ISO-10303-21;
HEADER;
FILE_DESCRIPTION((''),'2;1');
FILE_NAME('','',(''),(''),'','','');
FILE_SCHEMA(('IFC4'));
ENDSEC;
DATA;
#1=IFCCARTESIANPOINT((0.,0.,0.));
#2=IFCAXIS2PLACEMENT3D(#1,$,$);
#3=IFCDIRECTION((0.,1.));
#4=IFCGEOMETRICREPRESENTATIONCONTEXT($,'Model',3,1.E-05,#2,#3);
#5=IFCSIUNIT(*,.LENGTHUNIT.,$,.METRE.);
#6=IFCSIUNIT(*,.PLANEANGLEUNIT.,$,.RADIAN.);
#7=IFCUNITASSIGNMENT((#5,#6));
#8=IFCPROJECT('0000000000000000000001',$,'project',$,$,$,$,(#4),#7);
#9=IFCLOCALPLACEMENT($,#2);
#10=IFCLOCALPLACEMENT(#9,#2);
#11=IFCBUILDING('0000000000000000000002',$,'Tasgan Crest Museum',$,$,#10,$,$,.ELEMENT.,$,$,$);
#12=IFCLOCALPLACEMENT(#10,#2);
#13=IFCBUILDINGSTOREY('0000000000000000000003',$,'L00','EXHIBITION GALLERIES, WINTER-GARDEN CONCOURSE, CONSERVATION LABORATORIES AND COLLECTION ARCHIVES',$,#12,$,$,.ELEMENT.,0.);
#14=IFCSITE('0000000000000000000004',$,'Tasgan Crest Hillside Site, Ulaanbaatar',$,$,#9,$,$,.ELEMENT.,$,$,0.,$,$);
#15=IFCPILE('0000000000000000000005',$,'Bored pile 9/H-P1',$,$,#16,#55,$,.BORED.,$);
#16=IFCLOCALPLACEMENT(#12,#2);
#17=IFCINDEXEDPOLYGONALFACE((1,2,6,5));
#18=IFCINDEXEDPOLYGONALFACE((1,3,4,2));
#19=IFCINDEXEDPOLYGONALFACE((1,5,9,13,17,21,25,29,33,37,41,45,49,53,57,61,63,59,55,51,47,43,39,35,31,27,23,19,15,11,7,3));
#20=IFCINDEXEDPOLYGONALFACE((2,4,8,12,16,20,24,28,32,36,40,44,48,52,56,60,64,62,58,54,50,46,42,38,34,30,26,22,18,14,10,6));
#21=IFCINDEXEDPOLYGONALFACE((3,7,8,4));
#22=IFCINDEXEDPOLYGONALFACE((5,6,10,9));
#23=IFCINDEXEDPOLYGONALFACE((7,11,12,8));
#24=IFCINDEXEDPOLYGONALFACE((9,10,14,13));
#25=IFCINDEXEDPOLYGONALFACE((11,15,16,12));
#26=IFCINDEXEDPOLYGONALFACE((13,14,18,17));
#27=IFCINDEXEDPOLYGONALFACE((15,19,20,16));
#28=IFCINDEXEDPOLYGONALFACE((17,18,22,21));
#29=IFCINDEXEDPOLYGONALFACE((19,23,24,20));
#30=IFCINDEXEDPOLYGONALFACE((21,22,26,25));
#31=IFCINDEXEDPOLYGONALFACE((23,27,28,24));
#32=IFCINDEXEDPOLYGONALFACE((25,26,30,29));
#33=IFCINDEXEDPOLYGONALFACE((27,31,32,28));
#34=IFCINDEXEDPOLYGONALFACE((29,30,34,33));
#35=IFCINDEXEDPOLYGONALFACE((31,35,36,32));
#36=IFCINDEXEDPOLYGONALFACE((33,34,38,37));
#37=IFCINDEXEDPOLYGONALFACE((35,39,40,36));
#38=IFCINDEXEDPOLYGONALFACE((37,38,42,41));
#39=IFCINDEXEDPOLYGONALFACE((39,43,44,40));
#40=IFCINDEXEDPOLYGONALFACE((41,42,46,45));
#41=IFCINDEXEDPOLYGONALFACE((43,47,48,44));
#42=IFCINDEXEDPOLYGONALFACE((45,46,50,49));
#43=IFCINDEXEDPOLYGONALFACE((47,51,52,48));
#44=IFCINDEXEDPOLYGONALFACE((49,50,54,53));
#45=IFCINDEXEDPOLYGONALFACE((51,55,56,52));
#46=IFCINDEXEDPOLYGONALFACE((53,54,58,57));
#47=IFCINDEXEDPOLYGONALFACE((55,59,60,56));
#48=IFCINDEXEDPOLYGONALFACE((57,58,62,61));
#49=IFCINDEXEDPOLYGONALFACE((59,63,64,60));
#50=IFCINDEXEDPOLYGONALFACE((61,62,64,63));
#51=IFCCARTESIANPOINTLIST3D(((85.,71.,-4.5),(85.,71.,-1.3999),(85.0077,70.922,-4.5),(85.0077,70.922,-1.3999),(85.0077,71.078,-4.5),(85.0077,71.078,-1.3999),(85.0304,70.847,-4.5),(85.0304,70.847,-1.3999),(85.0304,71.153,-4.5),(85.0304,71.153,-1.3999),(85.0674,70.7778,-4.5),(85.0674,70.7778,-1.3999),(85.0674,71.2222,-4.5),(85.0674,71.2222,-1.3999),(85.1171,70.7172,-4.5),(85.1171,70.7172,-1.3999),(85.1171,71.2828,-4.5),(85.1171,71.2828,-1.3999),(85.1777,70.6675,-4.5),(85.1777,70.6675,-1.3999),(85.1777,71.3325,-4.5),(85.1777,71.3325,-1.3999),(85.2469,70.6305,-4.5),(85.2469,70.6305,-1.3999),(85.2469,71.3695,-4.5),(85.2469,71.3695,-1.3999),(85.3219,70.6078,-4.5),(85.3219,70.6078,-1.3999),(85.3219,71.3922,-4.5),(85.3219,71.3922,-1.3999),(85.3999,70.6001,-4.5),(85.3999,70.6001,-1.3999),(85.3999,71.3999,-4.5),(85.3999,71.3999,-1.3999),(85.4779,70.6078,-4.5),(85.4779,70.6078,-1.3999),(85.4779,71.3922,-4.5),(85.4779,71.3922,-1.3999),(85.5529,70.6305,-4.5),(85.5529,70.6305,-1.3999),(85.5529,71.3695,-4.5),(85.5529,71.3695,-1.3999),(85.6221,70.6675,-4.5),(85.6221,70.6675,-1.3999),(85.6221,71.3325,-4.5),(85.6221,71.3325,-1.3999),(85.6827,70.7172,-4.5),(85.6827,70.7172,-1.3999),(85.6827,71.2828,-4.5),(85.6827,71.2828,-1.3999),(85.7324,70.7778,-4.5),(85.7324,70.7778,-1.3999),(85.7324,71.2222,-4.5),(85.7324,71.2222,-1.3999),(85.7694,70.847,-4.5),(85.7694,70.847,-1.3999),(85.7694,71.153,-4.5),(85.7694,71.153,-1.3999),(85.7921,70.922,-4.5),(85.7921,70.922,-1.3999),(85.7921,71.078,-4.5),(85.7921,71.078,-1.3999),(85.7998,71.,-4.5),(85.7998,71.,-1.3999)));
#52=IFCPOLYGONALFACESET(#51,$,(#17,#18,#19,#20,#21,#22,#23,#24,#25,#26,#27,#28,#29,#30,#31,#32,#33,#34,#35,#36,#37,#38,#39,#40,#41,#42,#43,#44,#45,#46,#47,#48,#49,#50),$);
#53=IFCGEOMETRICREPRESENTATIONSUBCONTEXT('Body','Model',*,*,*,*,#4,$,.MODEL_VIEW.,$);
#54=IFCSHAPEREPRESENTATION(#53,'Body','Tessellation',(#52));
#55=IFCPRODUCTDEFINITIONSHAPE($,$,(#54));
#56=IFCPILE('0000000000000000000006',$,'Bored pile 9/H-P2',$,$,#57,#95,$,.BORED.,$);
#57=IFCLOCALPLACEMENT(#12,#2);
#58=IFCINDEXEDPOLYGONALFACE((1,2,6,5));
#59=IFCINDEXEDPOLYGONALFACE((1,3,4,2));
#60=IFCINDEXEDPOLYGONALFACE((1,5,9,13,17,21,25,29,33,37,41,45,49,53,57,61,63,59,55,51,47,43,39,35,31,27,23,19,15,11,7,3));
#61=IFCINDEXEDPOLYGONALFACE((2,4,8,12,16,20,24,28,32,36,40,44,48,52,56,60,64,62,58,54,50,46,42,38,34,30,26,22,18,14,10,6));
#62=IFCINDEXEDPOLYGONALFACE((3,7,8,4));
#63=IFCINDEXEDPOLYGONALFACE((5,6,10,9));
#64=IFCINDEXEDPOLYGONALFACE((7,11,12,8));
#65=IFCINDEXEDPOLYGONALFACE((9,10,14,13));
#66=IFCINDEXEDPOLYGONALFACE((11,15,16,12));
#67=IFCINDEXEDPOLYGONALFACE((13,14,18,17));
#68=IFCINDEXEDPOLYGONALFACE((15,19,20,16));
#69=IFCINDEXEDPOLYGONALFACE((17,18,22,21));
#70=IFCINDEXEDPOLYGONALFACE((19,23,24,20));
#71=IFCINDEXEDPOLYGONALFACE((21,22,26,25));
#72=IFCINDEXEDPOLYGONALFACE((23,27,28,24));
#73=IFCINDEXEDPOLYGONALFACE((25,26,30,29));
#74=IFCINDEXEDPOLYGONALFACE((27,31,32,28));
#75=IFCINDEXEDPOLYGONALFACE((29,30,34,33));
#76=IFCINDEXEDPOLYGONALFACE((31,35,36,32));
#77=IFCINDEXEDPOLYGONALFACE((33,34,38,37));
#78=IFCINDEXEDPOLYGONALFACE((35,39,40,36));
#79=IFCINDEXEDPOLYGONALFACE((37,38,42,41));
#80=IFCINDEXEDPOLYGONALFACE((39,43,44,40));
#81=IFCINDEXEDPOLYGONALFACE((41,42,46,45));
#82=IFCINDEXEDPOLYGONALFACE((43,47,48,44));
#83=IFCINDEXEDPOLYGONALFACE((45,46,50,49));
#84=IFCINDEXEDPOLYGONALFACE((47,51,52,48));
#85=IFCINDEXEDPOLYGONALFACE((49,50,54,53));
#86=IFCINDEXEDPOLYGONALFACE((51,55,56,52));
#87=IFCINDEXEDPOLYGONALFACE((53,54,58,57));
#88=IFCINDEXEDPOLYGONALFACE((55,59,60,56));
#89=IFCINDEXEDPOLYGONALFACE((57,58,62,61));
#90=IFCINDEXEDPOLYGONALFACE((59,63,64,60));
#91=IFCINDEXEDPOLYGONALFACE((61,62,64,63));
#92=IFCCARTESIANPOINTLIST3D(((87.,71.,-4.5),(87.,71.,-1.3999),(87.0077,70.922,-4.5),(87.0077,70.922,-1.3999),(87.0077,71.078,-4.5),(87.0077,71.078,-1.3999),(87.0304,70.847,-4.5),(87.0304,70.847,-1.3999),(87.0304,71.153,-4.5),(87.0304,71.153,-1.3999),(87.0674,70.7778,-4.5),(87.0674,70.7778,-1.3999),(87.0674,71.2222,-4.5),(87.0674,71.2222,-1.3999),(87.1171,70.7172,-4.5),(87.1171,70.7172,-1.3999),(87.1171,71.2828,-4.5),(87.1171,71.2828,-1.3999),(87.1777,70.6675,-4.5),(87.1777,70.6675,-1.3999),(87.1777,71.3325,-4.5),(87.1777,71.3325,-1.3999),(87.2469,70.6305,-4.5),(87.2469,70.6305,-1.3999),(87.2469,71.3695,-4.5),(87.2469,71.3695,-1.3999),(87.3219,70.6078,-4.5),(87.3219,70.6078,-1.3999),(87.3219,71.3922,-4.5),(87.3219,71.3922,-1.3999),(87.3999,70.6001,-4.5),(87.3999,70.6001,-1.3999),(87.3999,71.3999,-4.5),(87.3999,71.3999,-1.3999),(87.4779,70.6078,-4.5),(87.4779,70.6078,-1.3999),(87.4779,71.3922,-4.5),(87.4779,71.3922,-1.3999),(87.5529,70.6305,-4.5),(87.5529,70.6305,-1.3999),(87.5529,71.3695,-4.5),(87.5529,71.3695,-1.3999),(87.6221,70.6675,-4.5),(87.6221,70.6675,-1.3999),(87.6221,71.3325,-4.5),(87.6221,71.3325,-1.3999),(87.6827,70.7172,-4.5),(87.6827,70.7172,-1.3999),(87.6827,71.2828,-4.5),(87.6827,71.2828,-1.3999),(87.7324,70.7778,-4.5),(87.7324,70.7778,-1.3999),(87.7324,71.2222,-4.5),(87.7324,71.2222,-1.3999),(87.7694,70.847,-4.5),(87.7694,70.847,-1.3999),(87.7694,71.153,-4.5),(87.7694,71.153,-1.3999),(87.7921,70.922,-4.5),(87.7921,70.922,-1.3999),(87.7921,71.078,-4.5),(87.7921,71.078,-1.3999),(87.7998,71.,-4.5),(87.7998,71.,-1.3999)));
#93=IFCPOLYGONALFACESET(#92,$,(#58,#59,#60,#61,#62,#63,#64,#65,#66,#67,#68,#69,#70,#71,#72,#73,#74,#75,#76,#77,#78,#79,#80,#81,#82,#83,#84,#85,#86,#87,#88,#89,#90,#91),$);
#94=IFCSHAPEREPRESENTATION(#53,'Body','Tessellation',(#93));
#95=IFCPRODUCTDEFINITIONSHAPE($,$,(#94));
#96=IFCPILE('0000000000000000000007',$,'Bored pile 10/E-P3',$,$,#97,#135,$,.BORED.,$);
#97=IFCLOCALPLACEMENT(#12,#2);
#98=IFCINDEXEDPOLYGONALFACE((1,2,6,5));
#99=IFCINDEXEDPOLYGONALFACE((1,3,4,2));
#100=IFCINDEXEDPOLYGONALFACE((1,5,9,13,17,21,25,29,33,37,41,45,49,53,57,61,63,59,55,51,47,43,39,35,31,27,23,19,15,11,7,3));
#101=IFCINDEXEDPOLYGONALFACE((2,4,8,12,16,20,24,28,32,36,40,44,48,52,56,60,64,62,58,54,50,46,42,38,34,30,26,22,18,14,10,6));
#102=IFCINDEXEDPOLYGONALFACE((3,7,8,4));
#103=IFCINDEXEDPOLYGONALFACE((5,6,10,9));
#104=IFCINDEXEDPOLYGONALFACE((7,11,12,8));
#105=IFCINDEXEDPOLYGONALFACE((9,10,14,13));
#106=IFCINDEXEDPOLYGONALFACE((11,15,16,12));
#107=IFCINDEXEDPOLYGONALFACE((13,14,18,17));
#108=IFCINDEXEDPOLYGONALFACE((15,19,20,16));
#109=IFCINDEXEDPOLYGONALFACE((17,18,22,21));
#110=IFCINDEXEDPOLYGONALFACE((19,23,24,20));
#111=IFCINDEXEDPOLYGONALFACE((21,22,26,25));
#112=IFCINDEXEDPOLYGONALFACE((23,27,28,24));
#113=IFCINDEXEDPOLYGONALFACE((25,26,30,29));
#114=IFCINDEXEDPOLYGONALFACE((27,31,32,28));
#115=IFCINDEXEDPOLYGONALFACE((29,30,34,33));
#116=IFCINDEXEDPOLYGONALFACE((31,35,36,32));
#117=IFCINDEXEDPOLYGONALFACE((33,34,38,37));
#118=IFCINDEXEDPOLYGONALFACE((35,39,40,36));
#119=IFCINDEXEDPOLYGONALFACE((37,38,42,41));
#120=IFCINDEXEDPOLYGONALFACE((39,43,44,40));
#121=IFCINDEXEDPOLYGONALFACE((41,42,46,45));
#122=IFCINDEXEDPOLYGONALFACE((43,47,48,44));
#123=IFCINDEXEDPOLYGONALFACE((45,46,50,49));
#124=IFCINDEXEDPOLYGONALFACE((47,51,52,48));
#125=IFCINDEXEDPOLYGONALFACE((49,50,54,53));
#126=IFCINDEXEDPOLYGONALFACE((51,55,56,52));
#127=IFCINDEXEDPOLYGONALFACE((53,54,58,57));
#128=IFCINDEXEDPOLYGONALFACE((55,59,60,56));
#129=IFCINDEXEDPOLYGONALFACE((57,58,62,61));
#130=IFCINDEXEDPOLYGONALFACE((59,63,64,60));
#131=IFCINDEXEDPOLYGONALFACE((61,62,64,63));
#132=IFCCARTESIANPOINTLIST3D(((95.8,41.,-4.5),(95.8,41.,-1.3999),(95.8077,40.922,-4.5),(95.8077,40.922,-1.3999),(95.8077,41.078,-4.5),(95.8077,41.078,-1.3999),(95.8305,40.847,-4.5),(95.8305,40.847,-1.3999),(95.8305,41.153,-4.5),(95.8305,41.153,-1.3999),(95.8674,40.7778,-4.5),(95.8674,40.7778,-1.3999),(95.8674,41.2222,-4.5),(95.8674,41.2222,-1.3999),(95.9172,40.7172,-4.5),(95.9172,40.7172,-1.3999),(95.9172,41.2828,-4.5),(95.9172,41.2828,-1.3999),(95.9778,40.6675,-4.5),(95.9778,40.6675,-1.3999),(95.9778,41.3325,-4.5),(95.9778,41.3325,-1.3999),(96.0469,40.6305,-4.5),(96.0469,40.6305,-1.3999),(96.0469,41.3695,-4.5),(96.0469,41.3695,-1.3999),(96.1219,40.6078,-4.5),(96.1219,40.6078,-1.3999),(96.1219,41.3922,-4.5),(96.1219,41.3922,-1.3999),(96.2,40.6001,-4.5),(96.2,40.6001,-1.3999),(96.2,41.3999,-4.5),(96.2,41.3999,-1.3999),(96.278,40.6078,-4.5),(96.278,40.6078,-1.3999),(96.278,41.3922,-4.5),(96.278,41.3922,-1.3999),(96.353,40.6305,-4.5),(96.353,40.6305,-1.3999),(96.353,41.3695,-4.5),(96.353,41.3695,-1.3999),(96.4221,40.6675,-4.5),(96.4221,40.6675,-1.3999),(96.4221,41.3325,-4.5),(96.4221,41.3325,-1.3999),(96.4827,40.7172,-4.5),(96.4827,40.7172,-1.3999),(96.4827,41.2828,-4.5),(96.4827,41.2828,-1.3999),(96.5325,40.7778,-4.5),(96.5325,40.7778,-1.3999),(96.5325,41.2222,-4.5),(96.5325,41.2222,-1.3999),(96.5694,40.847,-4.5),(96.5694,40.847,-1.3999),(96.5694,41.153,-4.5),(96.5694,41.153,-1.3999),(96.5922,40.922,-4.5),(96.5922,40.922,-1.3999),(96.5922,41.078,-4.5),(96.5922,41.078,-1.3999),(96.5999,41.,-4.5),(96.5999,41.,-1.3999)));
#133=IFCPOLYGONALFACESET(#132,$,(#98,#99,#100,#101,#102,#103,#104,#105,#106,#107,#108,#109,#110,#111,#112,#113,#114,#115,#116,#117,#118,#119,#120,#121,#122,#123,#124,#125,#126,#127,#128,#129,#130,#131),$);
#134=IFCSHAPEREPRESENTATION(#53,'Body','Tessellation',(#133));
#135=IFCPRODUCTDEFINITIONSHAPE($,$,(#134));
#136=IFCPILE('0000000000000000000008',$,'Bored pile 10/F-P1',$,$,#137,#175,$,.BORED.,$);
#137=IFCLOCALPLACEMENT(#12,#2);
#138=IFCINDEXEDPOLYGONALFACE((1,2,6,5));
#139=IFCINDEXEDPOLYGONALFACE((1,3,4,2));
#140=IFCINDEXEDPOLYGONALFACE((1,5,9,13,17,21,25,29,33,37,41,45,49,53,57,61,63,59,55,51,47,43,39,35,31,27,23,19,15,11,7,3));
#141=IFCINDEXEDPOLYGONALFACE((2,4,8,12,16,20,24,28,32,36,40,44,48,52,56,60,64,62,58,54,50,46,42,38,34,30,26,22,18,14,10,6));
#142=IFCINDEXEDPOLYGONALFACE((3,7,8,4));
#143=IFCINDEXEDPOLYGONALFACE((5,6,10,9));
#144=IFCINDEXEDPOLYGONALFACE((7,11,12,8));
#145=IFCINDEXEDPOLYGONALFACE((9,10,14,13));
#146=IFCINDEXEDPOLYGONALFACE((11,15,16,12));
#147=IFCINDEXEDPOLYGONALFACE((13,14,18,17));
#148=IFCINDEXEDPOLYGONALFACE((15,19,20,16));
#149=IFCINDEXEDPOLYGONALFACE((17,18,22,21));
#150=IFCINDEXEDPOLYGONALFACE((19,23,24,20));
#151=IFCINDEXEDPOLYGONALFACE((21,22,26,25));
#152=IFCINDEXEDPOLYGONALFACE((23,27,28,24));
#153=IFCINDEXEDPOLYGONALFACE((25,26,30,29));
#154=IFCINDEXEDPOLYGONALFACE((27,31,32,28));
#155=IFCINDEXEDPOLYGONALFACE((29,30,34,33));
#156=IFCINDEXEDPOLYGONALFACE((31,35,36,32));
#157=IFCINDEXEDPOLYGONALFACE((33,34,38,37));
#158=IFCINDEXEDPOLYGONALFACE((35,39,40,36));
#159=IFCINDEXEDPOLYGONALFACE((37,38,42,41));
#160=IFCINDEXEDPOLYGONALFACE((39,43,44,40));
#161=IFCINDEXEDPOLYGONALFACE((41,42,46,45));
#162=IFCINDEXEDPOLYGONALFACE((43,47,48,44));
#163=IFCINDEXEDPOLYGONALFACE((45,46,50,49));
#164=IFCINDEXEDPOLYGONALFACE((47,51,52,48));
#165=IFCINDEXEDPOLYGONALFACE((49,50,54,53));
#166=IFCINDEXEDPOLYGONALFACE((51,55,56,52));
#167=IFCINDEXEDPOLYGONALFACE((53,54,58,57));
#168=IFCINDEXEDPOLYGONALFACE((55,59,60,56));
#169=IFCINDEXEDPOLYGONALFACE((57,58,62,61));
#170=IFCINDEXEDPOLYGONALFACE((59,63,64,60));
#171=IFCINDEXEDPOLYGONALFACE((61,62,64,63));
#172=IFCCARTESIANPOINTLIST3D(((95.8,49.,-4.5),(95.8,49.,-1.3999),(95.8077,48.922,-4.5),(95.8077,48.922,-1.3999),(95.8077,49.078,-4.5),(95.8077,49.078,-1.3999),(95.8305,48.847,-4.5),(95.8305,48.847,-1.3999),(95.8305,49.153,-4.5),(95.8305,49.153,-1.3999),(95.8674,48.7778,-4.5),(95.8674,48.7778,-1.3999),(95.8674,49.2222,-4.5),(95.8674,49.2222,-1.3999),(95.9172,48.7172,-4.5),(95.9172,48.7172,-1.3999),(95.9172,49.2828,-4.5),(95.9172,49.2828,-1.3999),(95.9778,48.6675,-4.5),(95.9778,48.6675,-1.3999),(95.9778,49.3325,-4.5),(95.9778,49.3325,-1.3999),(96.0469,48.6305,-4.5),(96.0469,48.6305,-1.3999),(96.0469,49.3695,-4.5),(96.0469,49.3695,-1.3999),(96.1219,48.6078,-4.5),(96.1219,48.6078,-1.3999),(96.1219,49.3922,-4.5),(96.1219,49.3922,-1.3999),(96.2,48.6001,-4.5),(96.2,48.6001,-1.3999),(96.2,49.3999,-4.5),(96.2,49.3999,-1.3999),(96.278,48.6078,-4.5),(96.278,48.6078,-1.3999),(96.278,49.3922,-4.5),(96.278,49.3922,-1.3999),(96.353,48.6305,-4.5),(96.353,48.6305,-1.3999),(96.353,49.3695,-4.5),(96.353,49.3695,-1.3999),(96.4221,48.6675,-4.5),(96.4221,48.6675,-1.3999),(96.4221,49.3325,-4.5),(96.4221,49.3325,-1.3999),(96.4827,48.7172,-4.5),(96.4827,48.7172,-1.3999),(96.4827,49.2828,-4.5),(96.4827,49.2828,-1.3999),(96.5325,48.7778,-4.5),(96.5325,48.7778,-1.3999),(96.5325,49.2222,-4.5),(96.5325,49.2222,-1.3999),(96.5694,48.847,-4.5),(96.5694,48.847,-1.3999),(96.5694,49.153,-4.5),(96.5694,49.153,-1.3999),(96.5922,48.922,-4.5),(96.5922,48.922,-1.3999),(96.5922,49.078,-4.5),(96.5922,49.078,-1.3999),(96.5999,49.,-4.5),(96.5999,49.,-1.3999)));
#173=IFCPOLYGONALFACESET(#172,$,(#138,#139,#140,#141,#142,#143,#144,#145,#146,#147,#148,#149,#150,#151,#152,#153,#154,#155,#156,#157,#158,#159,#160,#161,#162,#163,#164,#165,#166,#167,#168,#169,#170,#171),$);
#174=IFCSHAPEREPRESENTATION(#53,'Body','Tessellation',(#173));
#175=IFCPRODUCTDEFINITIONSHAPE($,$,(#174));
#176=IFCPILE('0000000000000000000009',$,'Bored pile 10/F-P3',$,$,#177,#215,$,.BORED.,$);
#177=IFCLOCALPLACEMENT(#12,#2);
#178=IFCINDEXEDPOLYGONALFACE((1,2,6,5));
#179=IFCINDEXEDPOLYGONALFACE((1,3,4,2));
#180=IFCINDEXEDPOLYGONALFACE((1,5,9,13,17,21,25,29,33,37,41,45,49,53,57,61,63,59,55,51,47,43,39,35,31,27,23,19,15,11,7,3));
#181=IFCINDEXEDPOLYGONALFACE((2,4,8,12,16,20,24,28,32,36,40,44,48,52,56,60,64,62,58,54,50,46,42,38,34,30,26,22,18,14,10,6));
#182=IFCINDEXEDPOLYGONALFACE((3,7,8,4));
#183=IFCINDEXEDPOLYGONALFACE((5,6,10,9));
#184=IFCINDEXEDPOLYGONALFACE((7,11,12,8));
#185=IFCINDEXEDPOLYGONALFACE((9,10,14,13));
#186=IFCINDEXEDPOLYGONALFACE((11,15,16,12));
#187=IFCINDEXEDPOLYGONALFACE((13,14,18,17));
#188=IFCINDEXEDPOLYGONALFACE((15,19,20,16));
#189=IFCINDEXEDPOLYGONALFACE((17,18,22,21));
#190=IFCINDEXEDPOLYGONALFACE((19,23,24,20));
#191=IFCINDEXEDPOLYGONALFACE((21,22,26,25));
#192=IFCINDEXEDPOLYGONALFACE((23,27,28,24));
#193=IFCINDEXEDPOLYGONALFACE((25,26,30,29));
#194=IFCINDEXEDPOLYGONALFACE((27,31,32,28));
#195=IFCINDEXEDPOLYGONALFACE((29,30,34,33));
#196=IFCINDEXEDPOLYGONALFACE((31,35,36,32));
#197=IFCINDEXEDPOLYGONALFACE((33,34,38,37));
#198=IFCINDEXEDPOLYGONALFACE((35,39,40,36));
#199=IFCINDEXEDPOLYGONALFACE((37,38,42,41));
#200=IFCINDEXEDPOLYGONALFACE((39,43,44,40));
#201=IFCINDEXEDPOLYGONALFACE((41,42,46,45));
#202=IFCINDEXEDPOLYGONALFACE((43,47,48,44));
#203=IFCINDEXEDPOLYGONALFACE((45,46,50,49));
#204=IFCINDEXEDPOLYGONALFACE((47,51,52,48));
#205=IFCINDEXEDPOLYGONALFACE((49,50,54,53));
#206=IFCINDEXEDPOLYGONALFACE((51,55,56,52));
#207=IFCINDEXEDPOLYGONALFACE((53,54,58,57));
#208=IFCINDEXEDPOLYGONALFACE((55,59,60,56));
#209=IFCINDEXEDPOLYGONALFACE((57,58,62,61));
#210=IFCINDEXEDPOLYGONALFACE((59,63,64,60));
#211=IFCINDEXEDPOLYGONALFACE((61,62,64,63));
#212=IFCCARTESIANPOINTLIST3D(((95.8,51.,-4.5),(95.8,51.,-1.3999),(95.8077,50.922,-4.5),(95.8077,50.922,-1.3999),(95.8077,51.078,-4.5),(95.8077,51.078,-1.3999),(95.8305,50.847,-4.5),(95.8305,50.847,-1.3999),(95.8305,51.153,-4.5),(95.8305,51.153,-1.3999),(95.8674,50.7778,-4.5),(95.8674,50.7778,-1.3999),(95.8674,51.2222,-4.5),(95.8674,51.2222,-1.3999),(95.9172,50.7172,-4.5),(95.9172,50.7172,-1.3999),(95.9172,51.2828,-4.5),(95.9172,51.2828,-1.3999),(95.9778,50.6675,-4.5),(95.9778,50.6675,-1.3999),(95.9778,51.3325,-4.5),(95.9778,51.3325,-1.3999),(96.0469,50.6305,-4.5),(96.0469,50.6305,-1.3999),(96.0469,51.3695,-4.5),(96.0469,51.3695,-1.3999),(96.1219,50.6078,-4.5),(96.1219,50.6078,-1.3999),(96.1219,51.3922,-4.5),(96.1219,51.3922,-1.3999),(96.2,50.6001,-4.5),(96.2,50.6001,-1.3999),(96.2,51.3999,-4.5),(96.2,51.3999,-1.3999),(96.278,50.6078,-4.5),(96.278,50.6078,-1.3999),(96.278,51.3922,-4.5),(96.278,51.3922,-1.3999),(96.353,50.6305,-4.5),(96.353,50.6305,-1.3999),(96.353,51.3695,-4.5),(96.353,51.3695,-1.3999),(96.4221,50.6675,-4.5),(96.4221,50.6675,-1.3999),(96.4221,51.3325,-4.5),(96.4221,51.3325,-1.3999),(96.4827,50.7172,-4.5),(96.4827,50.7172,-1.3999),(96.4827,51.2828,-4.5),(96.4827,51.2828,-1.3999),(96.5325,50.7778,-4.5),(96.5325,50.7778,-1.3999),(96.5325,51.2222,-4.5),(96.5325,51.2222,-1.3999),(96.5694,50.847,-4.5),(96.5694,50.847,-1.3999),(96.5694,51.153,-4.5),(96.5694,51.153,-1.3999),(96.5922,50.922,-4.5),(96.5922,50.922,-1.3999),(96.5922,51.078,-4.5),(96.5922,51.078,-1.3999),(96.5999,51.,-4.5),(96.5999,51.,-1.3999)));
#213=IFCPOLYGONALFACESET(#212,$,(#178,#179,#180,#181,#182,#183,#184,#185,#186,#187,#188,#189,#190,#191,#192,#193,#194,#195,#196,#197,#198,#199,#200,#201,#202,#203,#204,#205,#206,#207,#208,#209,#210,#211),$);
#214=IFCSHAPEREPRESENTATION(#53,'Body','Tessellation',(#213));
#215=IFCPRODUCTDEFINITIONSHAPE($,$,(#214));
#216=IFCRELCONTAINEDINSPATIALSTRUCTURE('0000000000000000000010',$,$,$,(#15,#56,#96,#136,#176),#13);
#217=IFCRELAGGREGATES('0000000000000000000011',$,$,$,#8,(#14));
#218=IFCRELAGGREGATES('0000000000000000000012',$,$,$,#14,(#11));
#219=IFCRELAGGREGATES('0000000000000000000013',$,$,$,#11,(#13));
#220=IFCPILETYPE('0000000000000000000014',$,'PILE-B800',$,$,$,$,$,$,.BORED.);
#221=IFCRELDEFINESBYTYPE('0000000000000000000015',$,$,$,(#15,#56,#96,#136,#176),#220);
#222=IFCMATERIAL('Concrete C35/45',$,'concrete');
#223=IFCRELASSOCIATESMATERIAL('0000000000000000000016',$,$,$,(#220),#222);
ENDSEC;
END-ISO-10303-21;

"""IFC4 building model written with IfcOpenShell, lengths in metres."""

from ifc_helpers import new_model, si_unit, direction, frame, origin, origin_2d, place, context, subcontext, project, spatial, circle, extrude, material, material_profile, profile_set, type_object, element, save


model = new_model("IFC4")

# Units and contexts
model_context = context("Model", 3, precision=1e-05, world=origin(), true_north=direction((0.0, 1.0)))
body_context = subcontext(model_context, "Body", "Model", "MODEL_VIEW")
ifc_project = project(units=[si_unit("LENGTHUNIT", "METRE"), si_unit("PLANEANGLEUNIT", "RADIAN")], contexts=[model_context])

# Site, building, storey
site_placement = place(None, origin())
site = spatial("IfcSite", under=ifc_project, at=site_placement, Name="Tasgan Crest Hillside Site, Ulaanbaatar", CompositionType="ELEMENT", RefElevation=0.0)
building_placement = place(site_placement, origin())
building = spatial("IfcBuilding", under=site, at=building_placement, Name="Tasgan Crest Museum", CompositionType="ELEMENT")
storey_placement = place(building_placement, origin())
storey = spatial("IfcBuildingStorey", under=building, at=storey_placement, Name="L00", Description="EXHIBITION GALLERIES, WINTER-GARDEN CONCOURSE, CONSERVATION LABORATORIES AND COLLECTION ARCHIVES", CompositionType="ELEMENT", Elevation=0.0)

# Piles
ifc_material_1 = material(Name="Concrete C35/45", Category="concrete")
ifc_material_profile_1 = material_profile(ifc_material_1, circle(Radius=0.3999, at=origin_2d()), Name="PILE D800")
ifc_profile_set_1 = profile_set([ifc_material_profile_1], Name="Concrete C35/45")
pile_type = type_object("IfcPileType", Name="PILE-B800", PredefinedType="BORED", material=ifc_profile_set_1)
for number, where, z_axis, x_axis, name in (
    (1, (85.3999, 71.0, -1.3999), (0.0, 0.0, -1.0), (1.0, 0.0, 0.0), "Bored pile 9/H-P1"),
    (2, (87.3999, 71.0, -1.3999), (0.0, 0.0, -1.0), (1.0, 0.0, 0.0), "Bored pile 9/H-P2"),
    (3, (96.2, 41.0, -1.3999), (0.0, 0.0, -1.0), (1.0, 0.0, 0.0), "Bored pile 10/E-P3"),
    (4, (96.2, 49.0, -1.3999), (0.0, 0.0, -1.0), (1.0, 0.0, 0.0), "Bored pile 10/F-P1"),
    (5, (96.2, 51.0, -1.3999), (0.0, 0.0, -1.0), (1.0, 0.0, 0.0), "Bored pile 10/F-P3"),
):
    element("IfcPile", number, at=place(storey_placement, frame(where, z_axis=z_axis, x_axis=x_axis)), inside=storey, type_object=pile_type, Name=name, PredefinedType="BORED", context=body_context, shape_type="SweptSolid", body=[
        extrude(circle(Radius=0.3999, at=origin_2d()), origin(), (0.0, 0.0, 1.0), 3.1001),
    ])

save(model, "model.ifc")
